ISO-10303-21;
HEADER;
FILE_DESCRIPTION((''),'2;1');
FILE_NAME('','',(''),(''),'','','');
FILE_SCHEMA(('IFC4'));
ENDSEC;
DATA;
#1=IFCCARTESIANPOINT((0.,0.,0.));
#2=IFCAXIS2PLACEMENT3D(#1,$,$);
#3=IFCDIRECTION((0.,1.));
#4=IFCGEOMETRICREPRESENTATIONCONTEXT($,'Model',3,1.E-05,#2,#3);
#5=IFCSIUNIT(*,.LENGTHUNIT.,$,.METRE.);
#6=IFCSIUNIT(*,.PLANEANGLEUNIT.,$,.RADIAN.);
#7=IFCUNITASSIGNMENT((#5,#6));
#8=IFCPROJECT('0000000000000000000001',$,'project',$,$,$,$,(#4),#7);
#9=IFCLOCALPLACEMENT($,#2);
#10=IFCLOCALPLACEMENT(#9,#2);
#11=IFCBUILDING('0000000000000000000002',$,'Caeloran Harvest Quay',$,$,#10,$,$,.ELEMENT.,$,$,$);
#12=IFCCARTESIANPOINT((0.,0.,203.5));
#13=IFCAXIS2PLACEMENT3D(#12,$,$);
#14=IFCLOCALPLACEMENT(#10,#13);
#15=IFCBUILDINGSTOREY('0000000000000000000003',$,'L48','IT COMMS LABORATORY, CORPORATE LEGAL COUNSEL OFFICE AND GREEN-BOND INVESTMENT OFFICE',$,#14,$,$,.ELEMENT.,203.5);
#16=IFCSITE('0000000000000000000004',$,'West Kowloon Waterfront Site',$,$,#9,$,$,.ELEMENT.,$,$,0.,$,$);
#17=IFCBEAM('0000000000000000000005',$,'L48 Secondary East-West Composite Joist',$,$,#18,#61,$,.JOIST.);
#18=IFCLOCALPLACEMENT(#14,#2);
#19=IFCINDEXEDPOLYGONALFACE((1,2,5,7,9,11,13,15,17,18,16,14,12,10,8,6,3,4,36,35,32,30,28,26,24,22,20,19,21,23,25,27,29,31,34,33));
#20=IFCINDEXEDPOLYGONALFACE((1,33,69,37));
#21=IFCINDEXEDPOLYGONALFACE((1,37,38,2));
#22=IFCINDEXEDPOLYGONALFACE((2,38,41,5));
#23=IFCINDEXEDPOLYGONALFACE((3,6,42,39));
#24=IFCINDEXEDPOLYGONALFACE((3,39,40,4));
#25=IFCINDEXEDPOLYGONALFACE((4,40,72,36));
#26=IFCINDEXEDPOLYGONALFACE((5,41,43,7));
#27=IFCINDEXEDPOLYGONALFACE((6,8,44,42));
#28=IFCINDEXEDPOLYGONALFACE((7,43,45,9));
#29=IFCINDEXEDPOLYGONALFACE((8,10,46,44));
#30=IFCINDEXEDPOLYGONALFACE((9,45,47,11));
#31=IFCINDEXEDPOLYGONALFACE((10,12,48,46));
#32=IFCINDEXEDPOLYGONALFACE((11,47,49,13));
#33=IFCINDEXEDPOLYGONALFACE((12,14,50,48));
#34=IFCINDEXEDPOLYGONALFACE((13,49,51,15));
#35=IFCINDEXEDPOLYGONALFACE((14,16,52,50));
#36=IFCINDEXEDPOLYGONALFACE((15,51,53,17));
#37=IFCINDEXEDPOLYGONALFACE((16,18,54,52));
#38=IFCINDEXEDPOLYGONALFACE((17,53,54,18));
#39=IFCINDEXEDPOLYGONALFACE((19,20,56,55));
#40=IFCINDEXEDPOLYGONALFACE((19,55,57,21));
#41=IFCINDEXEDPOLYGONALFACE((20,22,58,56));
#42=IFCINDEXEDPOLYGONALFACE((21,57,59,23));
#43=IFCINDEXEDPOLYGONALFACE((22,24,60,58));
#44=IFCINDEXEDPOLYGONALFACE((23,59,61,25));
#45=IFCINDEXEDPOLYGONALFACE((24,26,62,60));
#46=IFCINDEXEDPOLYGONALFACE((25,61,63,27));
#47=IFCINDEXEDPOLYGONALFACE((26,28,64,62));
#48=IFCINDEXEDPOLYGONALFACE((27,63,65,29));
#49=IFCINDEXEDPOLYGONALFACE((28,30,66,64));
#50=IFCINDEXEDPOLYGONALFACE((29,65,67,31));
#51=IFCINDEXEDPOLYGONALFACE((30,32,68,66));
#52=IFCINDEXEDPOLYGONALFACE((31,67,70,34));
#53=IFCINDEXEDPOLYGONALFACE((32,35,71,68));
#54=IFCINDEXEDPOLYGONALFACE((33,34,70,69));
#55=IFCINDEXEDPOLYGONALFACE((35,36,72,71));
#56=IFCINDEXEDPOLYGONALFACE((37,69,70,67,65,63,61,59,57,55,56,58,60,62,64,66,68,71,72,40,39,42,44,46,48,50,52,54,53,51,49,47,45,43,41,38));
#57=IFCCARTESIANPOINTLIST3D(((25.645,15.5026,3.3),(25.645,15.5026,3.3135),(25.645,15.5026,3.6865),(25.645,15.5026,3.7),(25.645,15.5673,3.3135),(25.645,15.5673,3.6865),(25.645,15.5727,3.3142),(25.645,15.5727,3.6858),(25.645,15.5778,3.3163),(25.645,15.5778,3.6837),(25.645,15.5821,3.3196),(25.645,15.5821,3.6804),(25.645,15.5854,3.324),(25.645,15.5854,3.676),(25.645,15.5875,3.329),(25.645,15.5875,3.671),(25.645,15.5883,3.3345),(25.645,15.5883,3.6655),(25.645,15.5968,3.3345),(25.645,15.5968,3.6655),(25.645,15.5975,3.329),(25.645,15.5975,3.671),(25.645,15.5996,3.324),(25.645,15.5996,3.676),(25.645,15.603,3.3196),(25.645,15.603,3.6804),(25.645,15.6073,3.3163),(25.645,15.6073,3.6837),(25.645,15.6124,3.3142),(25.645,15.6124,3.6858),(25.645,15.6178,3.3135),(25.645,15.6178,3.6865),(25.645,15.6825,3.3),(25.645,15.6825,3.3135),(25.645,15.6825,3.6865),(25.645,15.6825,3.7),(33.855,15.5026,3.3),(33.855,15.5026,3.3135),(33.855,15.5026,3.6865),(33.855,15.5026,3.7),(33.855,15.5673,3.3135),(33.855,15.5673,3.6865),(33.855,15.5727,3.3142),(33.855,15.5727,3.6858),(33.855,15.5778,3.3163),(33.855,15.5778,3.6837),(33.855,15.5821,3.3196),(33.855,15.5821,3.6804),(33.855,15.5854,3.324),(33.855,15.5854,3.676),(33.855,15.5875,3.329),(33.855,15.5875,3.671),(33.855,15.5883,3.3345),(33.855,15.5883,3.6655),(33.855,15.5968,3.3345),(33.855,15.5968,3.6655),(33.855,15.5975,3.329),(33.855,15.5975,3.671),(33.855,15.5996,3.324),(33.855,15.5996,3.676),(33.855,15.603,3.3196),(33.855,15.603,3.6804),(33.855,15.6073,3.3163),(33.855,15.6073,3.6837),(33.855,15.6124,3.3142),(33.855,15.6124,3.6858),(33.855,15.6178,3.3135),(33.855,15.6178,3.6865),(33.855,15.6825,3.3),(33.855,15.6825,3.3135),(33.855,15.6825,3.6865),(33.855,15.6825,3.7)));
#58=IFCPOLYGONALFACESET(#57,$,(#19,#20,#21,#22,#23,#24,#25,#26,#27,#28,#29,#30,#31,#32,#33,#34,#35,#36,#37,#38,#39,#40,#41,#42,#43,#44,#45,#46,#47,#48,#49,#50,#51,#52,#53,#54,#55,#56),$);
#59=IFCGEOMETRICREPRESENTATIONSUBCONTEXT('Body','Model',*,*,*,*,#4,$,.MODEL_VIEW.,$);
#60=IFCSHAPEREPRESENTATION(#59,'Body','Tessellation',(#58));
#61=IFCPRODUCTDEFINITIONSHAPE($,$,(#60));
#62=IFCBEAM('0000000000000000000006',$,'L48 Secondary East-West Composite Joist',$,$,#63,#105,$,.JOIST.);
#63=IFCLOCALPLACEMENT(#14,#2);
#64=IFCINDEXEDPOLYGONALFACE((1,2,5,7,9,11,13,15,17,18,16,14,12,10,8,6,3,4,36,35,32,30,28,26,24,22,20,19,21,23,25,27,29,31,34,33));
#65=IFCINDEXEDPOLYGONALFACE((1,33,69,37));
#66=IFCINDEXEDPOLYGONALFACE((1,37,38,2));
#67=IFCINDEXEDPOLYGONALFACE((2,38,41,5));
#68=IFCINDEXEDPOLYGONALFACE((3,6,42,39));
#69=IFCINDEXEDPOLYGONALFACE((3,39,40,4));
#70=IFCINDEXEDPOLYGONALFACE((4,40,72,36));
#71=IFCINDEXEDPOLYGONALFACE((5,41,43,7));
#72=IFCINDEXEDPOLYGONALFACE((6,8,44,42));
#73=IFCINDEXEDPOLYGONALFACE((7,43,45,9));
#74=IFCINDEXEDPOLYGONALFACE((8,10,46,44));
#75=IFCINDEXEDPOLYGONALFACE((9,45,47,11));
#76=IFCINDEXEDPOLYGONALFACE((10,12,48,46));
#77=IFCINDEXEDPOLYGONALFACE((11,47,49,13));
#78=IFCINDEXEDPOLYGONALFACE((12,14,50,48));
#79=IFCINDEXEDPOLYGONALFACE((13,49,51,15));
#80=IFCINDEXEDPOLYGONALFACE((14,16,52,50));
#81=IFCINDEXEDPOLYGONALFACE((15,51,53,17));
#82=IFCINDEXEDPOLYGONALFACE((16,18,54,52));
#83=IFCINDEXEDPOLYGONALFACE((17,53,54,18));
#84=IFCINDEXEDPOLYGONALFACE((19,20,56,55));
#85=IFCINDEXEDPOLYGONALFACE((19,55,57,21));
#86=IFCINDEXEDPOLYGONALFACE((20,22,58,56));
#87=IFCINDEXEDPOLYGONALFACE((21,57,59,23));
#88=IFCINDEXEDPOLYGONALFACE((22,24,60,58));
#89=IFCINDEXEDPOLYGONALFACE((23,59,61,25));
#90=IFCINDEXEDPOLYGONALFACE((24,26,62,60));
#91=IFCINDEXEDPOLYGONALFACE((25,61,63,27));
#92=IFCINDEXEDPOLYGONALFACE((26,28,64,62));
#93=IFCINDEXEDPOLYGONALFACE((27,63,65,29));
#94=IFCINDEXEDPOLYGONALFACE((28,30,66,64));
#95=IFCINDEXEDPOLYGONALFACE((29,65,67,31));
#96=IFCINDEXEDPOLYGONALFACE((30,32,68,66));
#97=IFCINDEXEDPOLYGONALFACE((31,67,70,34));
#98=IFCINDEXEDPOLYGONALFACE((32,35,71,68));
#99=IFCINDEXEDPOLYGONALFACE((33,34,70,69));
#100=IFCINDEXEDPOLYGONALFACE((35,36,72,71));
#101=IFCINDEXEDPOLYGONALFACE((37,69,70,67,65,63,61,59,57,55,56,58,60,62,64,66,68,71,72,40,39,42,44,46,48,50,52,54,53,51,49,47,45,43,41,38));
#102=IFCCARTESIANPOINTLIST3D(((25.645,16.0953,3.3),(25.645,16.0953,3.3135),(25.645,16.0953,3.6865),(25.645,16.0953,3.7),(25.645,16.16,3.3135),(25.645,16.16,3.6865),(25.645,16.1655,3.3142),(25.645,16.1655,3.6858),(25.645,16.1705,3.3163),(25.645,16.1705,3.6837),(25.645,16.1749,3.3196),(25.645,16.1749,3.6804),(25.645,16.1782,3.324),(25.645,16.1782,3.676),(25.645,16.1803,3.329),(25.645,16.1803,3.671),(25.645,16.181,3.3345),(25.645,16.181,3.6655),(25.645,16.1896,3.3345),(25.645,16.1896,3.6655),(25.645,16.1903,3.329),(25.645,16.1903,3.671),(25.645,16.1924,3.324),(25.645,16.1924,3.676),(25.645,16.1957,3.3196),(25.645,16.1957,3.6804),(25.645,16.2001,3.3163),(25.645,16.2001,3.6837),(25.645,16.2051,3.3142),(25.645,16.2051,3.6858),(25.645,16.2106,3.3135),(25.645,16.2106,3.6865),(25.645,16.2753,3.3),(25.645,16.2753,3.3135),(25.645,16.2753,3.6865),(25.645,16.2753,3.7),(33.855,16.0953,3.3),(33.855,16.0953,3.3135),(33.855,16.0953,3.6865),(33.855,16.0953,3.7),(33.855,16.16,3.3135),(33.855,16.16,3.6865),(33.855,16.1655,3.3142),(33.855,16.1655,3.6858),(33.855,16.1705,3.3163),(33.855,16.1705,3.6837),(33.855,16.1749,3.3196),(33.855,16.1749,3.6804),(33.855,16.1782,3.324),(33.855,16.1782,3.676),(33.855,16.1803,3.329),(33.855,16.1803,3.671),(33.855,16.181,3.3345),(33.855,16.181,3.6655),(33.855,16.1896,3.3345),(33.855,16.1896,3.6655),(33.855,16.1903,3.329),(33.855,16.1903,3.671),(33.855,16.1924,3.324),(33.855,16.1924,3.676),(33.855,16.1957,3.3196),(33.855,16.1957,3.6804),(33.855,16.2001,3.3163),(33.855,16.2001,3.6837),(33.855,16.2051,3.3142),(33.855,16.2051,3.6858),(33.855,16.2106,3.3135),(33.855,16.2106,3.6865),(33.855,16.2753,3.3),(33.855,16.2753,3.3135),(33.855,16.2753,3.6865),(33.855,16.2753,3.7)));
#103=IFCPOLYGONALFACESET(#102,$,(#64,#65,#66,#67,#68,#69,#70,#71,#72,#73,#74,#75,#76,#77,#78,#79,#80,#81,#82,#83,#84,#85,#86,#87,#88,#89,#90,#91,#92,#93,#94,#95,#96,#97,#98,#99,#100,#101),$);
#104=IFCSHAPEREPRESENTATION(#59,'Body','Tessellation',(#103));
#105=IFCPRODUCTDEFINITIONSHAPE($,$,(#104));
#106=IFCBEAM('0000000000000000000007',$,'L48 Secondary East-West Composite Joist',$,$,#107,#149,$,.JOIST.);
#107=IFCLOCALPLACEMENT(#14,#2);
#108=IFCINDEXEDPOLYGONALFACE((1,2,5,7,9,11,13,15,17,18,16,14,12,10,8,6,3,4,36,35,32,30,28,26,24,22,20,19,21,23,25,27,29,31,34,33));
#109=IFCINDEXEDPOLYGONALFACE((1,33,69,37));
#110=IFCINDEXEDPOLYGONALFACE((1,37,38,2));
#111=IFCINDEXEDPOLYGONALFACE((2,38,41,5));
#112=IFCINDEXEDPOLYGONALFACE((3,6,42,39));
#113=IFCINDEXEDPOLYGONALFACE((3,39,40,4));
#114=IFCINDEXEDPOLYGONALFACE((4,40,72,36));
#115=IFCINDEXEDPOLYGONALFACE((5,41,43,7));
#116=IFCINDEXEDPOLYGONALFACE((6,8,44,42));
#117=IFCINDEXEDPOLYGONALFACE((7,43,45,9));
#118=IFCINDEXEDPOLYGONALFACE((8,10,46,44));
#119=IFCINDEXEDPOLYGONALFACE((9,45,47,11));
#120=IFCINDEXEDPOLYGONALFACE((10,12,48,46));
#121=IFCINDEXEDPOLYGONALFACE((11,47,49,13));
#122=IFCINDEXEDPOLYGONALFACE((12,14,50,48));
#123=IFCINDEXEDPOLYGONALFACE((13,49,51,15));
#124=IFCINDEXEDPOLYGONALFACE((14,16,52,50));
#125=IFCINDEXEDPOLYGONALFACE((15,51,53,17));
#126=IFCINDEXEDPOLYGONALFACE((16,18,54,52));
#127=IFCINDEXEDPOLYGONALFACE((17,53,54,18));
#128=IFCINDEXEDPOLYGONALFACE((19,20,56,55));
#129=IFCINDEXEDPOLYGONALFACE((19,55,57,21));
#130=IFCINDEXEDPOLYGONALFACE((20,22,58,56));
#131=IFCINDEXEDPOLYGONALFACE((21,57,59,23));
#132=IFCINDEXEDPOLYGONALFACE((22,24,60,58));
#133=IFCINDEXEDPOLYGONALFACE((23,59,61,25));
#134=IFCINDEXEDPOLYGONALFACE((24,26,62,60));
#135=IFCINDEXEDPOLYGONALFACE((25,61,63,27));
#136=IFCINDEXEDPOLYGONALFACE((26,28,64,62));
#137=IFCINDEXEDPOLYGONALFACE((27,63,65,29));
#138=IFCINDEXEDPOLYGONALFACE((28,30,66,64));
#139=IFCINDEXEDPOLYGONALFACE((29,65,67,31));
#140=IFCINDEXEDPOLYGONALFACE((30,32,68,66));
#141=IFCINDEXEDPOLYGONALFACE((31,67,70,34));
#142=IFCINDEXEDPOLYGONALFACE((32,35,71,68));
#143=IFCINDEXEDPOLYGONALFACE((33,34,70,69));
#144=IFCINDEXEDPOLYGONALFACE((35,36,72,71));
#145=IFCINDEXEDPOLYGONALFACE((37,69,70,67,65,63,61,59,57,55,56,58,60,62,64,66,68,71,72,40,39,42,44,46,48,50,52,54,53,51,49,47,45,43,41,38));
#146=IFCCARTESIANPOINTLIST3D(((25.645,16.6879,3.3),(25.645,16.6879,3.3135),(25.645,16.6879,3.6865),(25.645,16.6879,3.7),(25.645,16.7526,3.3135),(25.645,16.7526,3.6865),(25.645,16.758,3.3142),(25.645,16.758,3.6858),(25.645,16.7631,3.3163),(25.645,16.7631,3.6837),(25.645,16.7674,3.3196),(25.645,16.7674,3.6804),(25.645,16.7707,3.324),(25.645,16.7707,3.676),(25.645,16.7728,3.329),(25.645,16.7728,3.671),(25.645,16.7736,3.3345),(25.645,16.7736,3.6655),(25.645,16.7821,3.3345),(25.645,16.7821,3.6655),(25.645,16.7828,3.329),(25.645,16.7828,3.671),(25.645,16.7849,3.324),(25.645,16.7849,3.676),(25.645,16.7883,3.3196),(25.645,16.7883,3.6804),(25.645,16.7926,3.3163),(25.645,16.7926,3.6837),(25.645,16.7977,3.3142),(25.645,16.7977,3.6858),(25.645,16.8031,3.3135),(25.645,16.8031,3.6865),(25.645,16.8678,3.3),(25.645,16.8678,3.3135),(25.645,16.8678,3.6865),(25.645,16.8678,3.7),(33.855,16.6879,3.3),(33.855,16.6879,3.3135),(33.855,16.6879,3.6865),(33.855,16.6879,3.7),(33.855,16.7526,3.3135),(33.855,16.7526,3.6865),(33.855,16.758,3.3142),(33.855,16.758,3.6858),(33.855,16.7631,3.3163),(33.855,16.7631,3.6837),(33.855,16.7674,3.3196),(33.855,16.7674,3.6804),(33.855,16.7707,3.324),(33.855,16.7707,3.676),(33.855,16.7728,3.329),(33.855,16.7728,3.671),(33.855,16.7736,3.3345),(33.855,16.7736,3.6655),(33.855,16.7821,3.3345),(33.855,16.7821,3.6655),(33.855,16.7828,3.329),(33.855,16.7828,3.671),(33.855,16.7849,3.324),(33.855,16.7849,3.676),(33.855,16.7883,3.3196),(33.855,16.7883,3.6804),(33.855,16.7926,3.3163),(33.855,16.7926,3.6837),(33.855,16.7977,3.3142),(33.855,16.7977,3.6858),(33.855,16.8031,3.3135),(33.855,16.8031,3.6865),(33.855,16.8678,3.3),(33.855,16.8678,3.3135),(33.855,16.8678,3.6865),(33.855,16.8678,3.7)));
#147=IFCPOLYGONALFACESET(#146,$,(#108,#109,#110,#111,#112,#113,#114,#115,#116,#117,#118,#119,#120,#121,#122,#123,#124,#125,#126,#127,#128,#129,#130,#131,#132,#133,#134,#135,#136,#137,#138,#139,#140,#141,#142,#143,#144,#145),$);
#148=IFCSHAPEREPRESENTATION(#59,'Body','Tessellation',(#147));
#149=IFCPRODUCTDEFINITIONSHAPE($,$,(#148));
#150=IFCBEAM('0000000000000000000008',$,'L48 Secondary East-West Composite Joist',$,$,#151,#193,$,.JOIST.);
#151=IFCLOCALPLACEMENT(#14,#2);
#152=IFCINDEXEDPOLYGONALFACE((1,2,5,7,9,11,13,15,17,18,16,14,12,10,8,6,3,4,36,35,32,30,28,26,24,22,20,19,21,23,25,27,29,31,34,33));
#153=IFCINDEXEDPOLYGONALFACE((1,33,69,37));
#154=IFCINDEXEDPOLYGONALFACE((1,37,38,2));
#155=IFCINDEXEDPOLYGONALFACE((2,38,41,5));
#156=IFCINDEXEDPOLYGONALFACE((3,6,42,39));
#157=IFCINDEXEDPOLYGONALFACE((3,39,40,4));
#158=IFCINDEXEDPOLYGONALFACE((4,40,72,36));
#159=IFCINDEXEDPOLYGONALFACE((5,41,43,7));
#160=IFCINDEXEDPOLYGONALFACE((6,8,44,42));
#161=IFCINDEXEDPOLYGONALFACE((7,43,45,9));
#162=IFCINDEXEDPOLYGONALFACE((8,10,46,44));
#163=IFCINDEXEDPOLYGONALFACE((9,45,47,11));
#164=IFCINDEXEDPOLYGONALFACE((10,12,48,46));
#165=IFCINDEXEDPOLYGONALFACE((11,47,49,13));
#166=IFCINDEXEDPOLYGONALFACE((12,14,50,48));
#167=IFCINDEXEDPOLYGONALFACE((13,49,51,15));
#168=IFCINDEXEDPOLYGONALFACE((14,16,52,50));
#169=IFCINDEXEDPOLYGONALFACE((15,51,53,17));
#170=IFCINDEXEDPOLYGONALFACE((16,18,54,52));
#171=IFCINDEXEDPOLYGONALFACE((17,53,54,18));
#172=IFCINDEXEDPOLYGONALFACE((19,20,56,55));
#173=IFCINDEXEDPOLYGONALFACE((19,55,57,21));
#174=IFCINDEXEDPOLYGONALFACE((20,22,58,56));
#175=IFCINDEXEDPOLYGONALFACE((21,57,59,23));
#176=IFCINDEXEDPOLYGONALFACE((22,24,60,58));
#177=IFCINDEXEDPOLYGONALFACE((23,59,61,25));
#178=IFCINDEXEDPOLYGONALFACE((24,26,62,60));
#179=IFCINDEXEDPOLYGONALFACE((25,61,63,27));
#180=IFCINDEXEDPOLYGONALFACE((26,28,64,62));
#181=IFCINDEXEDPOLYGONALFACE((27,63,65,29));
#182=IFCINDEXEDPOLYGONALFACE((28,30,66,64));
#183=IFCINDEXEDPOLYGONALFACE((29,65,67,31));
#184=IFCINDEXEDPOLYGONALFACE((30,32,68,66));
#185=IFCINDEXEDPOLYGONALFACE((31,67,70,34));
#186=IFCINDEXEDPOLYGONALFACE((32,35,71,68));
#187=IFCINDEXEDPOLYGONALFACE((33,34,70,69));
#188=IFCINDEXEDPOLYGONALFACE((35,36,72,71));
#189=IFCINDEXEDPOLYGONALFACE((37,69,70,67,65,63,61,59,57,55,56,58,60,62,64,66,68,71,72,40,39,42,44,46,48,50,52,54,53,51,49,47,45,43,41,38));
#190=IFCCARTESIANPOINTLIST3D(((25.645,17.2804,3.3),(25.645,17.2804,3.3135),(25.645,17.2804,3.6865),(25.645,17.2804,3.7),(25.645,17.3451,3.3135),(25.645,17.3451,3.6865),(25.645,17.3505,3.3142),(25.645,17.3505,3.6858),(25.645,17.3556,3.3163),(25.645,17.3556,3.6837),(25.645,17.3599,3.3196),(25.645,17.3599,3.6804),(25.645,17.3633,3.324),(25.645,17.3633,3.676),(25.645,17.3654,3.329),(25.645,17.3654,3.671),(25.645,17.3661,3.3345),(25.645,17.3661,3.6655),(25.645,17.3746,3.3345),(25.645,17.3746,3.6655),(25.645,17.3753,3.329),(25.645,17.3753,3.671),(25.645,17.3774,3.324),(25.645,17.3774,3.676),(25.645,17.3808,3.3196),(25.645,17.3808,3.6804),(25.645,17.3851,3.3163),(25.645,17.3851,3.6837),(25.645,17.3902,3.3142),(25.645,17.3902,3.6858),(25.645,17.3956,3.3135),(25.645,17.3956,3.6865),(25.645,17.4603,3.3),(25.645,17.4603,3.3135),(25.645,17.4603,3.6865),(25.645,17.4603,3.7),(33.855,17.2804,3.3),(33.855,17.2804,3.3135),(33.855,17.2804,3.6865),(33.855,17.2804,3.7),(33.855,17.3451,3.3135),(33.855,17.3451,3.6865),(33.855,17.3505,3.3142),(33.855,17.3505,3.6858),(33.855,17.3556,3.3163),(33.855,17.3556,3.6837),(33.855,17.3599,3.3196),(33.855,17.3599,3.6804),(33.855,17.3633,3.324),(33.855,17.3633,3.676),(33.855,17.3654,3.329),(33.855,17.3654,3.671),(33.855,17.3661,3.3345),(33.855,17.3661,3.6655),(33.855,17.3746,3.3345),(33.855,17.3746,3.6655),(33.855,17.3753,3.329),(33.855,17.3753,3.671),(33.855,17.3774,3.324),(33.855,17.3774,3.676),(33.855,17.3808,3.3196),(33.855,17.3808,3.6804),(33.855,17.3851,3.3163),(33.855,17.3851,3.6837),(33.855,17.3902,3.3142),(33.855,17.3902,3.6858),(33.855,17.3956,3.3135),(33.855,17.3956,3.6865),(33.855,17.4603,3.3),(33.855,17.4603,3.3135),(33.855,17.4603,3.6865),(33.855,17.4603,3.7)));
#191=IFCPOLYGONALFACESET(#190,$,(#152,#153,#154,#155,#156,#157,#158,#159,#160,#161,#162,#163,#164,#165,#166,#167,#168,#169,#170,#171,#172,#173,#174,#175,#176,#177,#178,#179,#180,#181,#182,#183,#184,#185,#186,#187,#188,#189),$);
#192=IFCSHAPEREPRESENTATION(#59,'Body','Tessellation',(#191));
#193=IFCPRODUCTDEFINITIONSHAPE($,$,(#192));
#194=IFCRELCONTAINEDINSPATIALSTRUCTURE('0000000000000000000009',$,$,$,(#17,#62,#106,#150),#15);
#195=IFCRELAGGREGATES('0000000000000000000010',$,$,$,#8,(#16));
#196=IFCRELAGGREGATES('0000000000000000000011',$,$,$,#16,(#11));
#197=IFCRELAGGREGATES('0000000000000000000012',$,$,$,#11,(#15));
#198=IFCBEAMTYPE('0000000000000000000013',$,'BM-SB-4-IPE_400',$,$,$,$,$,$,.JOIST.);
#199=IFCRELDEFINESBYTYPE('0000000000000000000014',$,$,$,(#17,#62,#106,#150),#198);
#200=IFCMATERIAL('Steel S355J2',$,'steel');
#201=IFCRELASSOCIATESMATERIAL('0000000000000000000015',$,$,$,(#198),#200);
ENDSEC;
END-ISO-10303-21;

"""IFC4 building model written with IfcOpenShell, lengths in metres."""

from ifc_helpers import new_model, si_unit, direction, frame, origin, origin_2d, place, context, subcontext, project, spatial, i_section, extrude, material, material_profile, profile_set, type_object, element, save


model = new_model("IFC4")

# Units and contexts
model_context = context("Model", 3, precision=1e-05, world=origin(), true_north=direction((0.0, 1.0)))
body_context = subcontext(model_context, "Body", "Model", "MODEL_VIEW")
ifc_project = project(units=[si_unit("LENGTHUNIT", "METRE"), si_unit("PLANEANGLEUNIT", "RADIAN")], contexts=[model_context])

# Site, building, storey
site_placement = place(None, origin())
site = spatial("IfcSite", under=ifc_project, at=site_placement, Name="West Kowloon Waterfront Site", CompositionType="ELEMENT", RefElevation=0.0)
building_placement = place(site_placement, origin())
building = spatial("IfcBuilding", under=site, at=building_placement, Name="Caeloran Harvest Quay", CompositionType="ELEMENT")
storey_placement = place(building_placement, frame((0.0, 0.0, 203.5)))
storey = spatial("IfcBuildingStorey", under=building, at=storey_placement, Name="L48", Description="IT COMMS LABORATORY, CORPORATE LEGAL COUNSEL OFFICE AND GREEN-BOND INVESTMENT OFFICE", CompositionType="ELEMENT", Elevation=203.5)

# Beams
ifc_material_1 = material(Name="Steel S355J2", Category="steel")
ifc_material_profile_1 = material_profile(ifc_material_1, i_section(OverallWidth=0.1799, OverallDepth=0.3999, WebThickness=0.0085, FlangeThickness=0.0134, FilletRadius=0.021, at=origin_2d()), Name="IPE 400")
ifc_profile_set_1 = profile_set([ifc_material_profile_1], Name="Steel S355J2")
beam_type_1 = type_object("IfcBeamType", Name="BM-SB-4-IPE_400", PredefinedType="JOIST", material=ifc_profile_set_1)
for number, where, z_axis, x_axis, name in (
    (1, (25.645, 15.5925, 3.5), (1.0, 0.0, 0.0), (0.0, 1.0, 0.0), "L48 Secondary East-West Composite Joist"),
    (2, (25.645, 16.1853, 3.5), (1.0, 0.0, 0.0), (0.0, 1.0, 0.0), "L48 Secondary East-West Composite Joist"),
    (3, (25.645, 16.7778, 3.5), (1.0, 0.0, 0.0), (0.0, 1.0, 0.0), "L48 Secondary East-West Composite Joist"),
    (4, (25.645, 17.3704, 3.5), (1.0, 0.0, 0.0), (0.0, 1.0, 0.0), "L48 Secondary East-West Composite Joist"),
):
    element("IfcBeam", number, at=place(storey_placement, frame(where, z_axis=z_axis, x_axis=x_axis)), inside=storey, type_object=beam_type_1, Name=name, PredefinedType="JOIST", context=body_context, shape_type="SweptSolid", body=[
        extrude(i_section(OverallWidth=0.1799, OverallDepth=0.3999, WebThickness=0.0085, FlangeThickness=0.0134, FilletRadius=0.021, at=origin_2d()), origin(), (0.0, 0.0, 1.0), 8.21),
    ])

save(model, "model.ifc")
